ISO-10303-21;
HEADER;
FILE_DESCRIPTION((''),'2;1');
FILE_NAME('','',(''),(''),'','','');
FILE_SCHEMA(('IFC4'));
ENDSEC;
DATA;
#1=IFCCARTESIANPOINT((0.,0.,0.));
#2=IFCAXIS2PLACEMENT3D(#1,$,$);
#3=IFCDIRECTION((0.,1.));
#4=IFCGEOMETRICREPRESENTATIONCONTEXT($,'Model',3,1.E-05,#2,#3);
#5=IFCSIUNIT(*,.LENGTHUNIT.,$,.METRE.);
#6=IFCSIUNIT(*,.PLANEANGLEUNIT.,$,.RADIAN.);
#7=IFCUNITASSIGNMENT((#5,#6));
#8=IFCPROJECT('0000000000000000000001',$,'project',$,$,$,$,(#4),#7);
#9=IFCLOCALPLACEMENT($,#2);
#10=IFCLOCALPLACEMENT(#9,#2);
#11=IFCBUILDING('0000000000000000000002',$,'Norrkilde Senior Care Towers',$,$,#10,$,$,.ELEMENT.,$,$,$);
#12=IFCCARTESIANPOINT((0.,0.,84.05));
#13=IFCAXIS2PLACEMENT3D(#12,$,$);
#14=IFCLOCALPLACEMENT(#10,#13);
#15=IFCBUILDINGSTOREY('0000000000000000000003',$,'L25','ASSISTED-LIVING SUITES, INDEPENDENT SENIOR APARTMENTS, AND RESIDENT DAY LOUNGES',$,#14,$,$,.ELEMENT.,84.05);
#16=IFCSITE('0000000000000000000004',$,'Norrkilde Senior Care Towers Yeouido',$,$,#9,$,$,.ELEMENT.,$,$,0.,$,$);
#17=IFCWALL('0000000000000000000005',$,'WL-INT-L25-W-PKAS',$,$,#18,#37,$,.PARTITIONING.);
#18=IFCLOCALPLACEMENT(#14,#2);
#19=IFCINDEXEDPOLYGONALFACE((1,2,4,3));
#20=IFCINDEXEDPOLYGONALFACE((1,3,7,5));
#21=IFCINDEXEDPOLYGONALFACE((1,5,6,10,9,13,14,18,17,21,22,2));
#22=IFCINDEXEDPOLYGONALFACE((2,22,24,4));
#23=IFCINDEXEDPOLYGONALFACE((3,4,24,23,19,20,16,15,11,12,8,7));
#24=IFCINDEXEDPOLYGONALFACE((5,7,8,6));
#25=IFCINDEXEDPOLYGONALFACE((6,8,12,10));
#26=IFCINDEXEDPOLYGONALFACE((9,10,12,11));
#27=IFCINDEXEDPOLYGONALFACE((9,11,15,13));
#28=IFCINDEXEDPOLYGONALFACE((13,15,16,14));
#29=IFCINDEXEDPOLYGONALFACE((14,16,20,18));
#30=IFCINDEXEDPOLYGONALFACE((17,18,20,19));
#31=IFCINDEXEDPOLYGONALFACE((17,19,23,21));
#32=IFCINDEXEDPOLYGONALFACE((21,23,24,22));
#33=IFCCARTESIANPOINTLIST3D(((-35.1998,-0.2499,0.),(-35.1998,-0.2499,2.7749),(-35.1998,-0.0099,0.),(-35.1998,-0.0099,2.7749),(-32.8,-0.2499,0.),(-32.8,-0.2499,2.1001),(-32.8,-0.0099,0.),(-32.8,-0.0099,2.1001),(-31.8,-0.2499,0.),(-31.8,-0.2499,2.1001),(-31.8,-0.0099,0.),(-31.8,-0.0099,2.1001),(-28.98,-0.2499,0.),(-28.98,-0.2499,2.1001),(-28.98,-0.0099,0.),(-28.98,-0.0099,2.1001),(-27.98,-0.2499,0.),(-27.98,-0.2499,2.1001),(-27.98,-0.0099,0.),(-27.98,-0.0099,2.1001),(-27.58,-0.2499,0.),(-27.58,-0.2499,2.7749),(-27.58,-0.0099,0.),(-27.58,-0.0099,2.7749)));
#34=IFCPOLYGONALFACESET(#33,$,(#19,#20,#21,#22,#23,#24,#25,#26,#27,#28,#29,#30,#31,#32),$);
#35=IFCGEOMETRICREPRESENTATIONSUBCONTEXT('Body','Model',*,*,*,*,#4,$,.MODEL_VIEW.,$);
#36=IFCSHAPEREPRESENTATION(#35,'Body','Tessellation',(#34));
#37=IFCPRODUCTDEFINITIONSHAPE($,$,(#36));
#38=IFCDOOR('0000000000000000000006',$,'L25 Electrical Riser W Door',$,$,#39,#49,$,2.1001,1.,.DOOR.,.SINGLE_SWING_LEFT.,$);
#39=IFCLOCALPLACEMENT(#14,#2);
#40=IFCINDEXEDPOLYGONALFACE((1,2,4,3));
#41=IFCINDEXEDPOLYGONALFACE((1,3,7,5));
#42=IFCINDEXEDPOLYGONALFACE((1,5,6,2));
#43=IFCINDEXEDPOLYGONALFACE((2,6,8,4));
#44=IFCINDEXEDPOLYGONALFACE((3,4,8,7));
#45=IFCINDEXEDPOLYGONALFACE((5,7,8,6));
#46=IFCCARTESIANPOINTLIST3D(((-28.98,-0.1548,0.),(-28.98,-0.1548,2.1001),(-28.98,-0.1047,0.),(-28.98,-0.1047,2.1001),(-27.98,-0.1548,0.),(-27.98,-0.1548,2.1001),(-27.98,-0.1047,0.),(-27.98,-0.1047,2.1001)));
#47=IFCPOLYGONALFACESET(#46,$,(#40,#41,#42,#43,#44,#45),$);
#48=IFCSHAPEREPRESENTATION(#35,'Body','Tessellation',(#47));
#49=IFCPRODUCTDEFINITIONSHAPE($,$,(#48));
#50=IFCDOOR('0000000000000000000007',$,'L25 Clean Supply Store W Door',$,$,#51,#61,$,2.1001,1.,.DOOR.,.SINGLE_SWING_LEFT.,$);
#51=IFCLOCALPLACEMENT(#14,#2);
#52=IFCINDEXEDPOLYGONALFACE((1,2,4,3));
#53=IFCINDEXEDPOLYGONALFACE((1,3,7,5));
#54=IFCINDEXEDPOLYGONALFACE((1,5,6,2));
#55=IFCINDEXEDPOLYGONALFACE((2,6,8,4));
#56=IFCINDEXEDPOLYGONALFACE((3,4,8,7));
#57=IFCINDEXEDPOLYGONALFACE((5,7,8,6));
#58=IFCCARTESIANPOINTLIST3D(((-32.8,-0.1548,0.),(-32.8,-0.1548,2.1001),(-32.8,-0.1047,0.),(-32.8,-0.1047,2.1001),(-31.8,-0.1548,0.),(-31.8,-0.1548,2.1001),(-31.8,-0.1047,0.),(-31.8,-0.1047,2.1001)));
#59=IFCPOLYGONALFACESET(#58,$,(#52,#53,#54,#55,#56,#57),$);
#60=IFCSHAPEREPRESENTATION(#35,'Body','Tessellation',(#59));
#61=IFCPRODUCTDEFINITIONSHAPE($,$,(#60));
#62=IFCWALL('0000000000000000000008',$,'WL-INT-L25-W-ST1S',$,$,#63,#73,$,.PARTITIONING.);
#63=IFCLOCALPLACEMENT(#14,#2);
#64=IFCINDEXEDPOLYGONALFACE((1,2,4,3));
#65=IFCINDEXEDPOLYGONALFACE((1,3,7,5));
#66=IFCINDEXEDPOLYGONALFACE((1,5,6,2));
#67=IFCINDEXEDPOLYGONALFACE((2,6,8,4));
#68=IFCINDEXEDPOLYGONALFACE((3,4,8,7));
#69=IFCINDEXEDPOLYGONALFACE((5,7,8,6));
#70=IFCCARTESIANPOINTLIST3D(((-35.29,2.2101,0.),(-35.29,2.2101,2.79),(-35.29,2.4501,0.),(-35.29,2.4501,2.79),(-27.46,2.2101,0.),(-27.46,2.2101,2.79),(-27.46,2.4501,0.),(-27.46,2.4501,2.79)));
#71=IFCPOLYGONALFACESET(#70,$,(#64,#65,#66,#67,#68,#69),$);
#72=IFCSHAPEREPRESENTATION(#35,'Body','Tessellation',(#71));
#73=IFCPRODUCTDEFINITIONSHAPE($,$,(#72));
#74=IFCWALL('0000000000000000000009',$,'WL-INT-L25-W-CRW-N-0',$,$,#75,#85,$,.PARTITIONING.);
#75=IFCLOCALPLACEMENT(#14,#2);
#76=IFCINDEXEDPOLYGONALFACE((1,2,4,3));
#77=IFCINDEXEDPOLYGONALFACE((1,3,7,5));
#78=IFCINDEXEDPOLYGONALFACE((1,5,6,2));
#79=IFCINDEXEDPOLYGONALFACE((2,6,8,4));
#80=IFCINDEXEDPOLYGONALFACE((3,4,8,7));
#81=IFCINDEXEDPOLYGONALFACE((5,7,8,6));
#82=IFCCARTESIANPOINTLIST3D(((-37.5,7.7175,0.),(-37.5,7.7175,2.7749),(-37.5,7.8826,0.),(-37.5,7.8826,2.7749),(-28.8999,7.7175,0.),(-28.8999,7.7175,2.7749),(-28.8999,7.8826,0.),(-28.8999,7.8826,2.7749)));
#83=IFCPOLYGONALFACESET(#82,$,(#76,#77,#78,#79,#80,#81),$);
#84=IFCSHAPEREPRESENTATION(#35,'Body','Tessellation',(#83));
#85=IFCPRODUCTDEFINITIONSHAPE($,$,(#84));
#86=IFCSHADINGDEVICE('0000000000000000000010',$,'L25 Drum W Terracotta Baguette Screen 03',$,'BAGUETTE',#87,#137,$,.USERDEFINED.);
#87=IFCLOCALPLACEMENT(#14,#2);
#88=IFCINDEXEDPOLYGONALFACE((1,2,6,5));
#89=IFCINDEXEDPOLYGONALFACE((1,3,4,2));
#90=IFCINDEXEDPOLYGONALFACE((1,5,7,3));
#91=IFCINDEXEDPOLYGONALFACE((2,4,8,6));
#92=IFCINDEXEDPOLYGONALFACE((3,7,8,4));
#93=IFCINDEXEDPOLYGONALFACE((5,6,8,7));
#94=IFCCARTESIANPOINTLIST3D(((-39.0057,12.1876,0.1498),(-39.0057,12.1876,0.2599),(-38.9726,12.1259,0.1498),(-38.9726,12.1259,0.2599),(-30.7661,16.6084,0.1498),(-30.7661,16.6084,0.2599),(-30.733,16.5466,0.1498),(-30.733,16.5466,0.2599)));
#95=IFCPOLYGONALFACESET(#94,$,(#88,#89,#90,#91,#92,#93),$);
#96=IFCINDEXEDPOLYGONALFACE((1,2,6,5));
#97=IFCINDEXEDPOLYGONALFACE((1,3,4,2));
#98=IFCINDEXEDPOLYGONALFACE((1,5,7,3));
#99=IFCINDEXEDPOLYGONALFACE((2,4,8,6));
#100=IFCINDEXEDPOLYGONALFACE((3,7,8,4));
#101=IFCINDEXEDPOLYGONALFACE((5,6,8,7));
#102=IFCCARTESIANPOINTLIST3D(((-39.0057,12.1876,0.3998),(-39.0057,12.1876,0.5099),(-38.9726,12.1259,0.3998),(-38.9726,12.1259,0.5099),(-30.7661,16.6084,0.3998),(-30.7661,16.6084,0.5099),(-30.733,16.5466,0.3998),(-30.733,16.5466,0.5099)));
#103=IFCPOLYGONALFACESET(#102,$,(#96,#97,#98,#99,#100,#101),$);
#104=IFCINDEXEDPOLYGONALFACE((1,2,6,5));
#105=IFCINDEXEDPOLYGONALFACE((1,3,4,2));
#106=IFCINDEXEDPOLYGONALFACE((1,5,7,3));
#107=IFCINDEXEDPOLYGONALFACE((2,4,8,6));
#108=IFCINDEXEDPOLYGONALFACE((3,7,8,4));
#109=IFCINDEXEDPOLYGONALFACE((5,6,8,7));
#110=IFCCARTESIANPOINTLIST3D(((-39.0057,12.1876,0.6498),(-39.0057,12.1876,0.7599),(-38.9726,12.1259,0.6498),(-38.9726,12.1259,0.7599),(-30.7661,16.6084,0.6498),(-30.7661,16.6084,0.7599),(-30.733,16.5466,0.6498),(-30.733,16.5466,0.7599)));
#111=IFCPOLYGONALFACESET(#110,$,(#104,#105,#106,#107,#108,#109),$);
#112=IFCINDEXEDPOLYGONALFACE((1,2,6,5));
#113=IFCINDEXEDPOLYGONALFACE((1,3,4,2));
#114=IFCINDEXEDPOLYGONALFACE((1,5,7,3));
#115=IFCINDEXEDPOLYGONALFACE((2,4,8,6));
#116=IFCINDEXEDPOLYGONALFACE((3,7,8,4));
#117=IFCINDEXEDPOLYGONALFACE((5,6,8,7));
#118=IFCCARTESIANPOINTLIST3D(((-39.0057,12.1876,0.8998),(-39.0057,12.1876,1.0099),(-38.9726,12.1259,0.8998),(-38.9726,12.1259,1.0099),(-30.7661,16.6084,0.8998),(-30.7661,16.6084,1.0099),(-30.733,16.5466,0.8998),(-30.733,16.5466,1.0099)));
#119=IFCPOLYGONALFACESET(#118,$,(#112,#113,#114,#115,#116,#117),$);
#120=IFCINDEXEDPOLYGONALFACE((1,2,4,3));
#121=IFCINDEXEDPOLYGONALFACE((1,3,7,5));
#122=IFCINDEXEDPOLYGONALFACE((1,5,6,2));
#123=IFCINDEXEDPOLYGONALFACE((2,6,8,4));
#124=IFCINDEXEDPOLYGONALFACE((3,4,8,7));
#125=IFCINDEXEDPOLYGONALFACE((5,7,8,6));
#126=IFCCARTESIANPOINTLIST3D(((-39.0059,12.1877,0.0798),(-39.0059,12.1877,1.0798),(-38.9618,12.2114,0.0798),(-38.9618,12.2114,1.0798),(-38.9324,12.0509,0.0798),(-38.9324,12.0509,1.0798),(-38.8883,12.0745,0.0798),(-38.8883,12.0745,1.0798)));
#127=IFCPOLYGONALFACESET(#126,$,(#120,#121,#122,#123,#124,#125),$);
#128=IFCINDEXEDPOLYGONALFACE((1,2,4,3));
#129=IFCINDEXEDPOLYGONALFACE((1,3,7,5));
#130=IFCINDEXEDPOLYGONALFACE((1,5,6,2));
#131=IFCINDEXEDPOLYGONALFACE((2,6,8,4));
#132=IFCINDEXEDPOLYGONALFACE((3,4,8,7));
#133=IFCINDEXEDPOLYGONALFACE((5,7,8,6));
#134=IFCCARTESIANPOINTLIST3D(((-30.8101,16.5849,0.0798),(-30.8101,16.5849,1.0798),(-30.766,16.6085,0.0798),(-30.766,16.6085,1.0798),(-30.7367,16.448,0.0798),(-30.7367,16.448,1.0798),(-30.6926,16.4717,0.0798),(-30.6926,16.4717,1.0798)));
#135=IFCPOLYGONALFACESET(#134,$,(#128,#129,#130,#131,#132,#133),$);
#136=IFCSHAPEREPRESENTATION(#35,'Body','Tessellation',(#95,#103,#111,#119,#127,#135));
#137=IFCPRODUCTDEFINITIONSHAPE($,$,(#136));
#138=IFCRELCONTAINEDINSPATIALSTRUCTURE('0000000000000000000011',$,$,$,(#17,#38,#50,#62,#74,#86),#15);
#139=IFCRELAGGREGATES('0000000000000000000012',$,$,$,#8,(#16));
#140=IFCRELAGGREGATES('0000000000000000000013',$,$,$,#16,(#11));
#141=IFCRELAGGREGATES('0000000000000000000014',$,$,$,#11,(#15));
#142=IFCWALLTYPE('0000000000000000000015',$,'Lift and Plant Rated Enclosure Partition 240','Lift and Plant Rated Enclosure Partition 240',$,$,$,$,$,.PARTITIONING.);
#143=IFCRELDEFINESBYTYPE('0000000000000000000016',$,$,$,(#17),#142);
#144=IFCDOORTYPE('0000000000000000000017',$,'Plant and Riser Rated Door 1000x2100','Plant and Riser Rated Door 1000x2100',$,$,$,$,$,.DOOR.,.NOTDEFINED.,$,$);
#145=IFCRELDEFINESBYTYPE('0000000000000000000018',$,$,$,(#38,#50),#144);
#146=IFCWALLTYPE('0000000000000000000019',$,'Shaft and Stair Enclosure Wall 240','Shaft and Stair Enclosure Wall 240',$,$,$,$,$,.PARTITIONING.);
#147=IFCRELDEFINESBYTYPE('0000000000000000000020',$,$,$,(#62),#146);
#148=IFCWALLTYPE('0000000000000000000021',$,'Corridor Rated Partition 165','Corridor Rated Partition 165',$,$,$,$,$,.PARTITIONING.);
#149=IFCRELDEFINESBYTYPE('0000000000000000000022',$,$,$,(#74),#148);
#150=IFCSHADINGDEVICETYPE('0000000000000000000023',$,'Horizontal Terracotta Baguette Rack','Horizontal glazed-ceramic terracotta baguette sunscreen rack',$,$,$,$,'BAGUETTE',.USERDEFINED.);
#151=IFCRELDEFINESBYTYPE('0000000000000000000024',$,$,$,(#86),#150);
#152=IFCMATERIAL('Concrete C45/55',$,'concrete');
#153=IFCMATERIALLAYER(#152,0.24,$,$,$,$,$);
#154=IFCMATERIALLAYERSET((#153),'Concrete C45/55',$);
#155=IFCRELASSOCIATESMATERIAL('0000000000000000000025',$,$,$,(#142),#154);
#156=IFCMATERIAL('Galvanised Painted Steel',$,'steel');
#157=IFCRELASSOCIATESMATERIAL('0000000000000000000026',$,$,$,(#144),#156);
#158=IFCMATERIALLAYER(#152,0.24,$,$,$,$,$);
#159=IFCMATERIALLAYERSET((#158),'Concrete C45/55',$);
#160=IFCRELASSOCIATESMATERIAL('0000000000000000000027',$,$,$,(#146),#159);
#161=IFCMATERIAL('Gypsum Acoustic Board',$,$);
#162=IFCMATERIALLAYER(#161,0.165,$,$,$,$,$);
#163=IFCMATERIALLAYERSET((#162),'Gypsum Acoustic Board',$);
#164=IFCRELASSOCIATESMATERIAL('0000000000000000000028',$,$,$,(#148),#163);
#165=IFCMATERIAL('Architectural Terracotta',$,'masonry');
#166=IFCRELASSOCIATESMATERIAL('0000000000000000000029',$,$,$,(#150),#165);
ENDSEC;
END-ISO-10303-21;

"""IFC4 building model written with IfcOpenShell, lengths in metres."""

from ifc_helpers import new_model, si_unit, direction, frame, frame_2d, origin, origin_2d, place, context, subcontext, project, spatial, rectangle, extrude, source, transform, mapped, material, layer, layer_set, type_object, type_shapes, element, fill, save


model = new_model("IFC4")

# Units and contexts
model_context = context("Model", 3, precision=1e-05, world=origin(), true_north=direction((0.0, 1.0)))
body_context = subcontext(model_context, "Body", "Model", "MODEL_VIEW")
ifc_project = project(units=[si_unit("LENGTHUNIT", "METRE"), si_unit("PLANEANGLEUNIT", "RADIAN")], contexts=[model_context])

# Site, building, storey
site_placement = place(None, origin())
site = spatial("IfcSite", under=ifc_project, at=site_placement, Name="Norrkilde Senior Care Towers Yeouido", CompositionType="ELEMENT", RefElevation=0.0)
building_placement = place(site_placement, origin())
building = spatial("IfcBuilding", under=site, at=building_placement, Name="Norrkilde Senior Care Towers", CompositionType="ELEMENT")
storey_placement = place(building_placement, frame((0.0, 0.0, 84.05)))
storey = spatial("IfcBuildingStorey", under=building, at=storey_placement, Name="L25", Description="ASSISTED-LIVING SUITES, INDEPENDENT SENIOR APARTMENTS, AND RESIDENT DAY LOUNGES", CompositionType="ELEMENT", Elevation=84.05)

# Wall, openings, doors
ifc_material_1 = material(Name="Concrete C45/55", Category="concrete")
ifc_layer_1 = layer(ifc_material_1, 0.24)
ifc_layer_set_1 = layer_set([ifc_layer_1], Name="Concrete C45/55")
wall_type_1 = type_object("IfcWallType", Name="Lift and Plant Rated Enclosure Partition 240", Description="Lift and Plant Rated Enclosure Partition 240", PredefinedType="PARTITIONING", material=ifc_layer_set_1)
shared_shape_1 = source(origin(), body_context, "Body", "SweptSolid", [
    extrude(rectangle(XDim=7.6199, YDim=0.24, at=frame_2d((3.8101, 0.0))), origin(), (0.0, 0.0, 1.0), 2.7749),
])
type_shapes(wall_type_1, [shared_shape_1])
wall_1_placement = place(storey_placement, frame((-35.2, -0.1299, 0.0), z_axis=(0.0, 0.0, 1.0), x_axis=(1.0, 0.0, 0.0)))
wall_1 = element("IfcWall", 1, at=wall_1_placement, inside=storey, type_object=wall_type_1, Name="WL-INT-L25-W-PKAS", PredefinedType="PARTITIONING", context=body_context, shape_type="MappedRepresentation", body=[
    mapped(shared_shape_1, transform((0.0, 0.0, 0.0), x_axis=(1.0, 0.0, 0.0), y_axis=(0.0, 1.0, 0.0), z_axis=(0.0, 0.0, 1.0), scale=1.0)),
])
opening_1_placement = place(wall_1_placement, frame((6.22, 0.0, 0.0)))
opening_1 = element("IfcOpeningElement", 2, at=opening_1_placement, cuts=wall_1, PredefinedType="OPENING", context=body_context, shape_type="SweptSolid", body=[
    extrude(rectangle(XDim=1.0, YDim=2.1001, at=frame_2d((0.5, 1.05))), frame((0.0, 0.1299, 0.0), z_axis=(0.0, -1.0, 0.0), x_axis=(1.0, 0.0, 0.0)), (0.0, 0.0, 1.0), 0.26),
])
opening_2_placement = place(wall_1_placement, frame((2.3999, 0.0, 0.0)))
opening_2 = element("IfcOpeningElement", 3, at=opening_2_placement, cuts=wall_1, PredefinedType="OPENING", context=body_context, shape_type="SweptSolid", body=[
    extrude(rectangle(XDim=1.0, YDim=2.1001, at=frame_2d((0.5, 1.05))), frame((0.0, 0.1299, 0.0), z_axis=(0.0, -1.0, 0.0), x_axis=(1.0, 0.0, 0.0)), (0.0, 0.0, 1.0), 0.26),
])
ifc_material_2 = material(Name="Galvanised Painted Steel", Category="steel")
door_type_1 = type_object("IfcDoorType", Name="Plant and Riser Rated Door 1000x2100", Description="Plant and Riser Rated Door 1000x2100", OperationType="NOTDEFINED", PredefinedType="DOOR", material=ifc_material_2)
shared_shape_2 = source(origin(), body_context, "Body", "SweptSolid", [
    extrude(rectangle(XDim=1.0, YDim=2.1001, at=frame_2d((0.5, 1.05))), frame((0.0, 0.0249, 0.0), z_axis=(0.0, -1.0, 0.0), x_axis=(1.0, 0.0, 0.0)), (0.0, 0.0, 1.0), 0.05),
])
type_shapes(door_type_1, [shared_shape_2])
door_1_placement = place(opening_1_placement, frame((1.0, 0.0, 0.0), z_axis=(0.0, 0.0, 1.0), x_axis=(-1.0, 0.0, 0.0)))
door_1 = element("IfcDoor", 4, at=door_1_placement, inside=storey, type_object=door_type_1, Name="L25 Electrical Riser W Door", OperationType="SINGLE_SWING_LEFT", OverallHeight=2.1001, OverallWidth=1.0, PredefinedType="DOOR", context=body_context, shape_type="MappedRepresentation", body=[
    mapped(shared_shape_2, transform((0.0, 0.0, 0.0), x_axis=(1.0, 0.0, 0.0), y_axis=(0.0, 1.0, 0.0), z_axis=(0.0, 0.0, 1.0), scale=1.0)),
])
fill(opening_1, door_1)
door_2_placement = place(opening_2_placement, frame((1.0, 0.0, 0.0), z_axis=(0.0, 0.0, 1.0), x_axis=(-1.0, 0.0, 0.0)))
door_2 = element("IfcDoor", 5, at=door_2_placement, inside=storey, type_object=door_type_1, Name="L25 Clean Supply Store W Door", OperationType="SINGLE_SWING_LEFT", OverallHeight=2.1001, OverallWidth=1.0, PredefinedType="DOOR", context=body_context, shape_type="MappedRepresentation", body=[
    mapped(shared_shape_2, transform((0.0, 0.0, 0.0), x_axis=(1.0, 0.0, 0.0), y_axis=(0.0, 1.0, 0.0), z_axis=(0.0, 0.0, 1.0), scale=1.0)),
])
fill(opening_2, door_2)

# Wall
ifc_layer_2 = layer(ifc_material_1, 0.24)
ifc_layer_set_2 = layer_set([ifc_layer_2], Name="Concrete C45/55")
wall_type_2 = type_object("IfcWallType", Name="Shaft and Stair Enclosure Wall 240", Description="Shaft and Stair Enclosure Wall 240", PredefinedType="PARTITIONING", material=ifc_layer_set_2)
shared_shape_3 = source(origin(), body_context, "Body", "SweptSolid", [
    extrude(rectangle(XDim=7.8301, YDim=0.24, at=frame_2d((3.915, 0.0))), origin(), (0.0, 0.0, 1.0), 2.79),
])
type_shapes(wall_type_2, [shared_shape_3])
wall_2_placement = place(storey_placement, frame((-35.29, 2.3301, 0.0), z_axis=(0.0, 0.0, 1.0), x_axis=(1.0, 0.0, 0.0)))
element("IfcWall", 6, at=wall_2_placement, inside=storey, type_object=wall_type_2, Name="WL-INT-L25-W-ST1S", PredefinedType="PARTITIONING", context=body_context, shape_type="MappedRepresentation", body=[
    mapped(shared_shape_3, transform((0.0, 0.0, 0.0), x_axis=(1.0, 0.0, 0.0), y_axis=(0.0, 1.0, 0.0), z_axis=(0.0, 0.0, 1.0), scale=1.0)),
])

# Wall
ifc_material_3 = material(Name="Gypsum Acoustic Board")
ifc_layer_3 = layer(ifc_material_3, 0.165)
ifc_layer_set_3 = layer_set([ifc_layer_3], Name="Gypsum Acoustic Board")
wall_type_3 = type_object("IfcWallType", Name="Corridor Rated Partition 165", Description="Corridor Rated Partition 165", PredefinedType="PARTITIONING", material=ifc_layer_set_3)
shared_shape_4 = source(origin(), body_context, "Body", "SweptSolid", [
    extrude(rectangle(XDim=8.6001, YDim=0.165, at=frame_2d((4.3, 0.0))), origin(), (0.0, 0.0, 1.0), 2.7749),
])
type_shapes(wall_type_3, [shared_shape_4])
wall_3_placement = place(storey_placement, frame((-37.5, 7.8, 0.0), z_axis=(0.0, 0.0, 1.0), x_axis=(1.0, 0.0, 0.0)))
element("IfcWall", 7, at=wall_3_placement, inside=storey, type_object=wall_type_3, Name="WL-INT-L25-W-CRW-N-0", PredefinedType="PARTITIONING", context=body_context, shape_type="MappedRepresentation", body=[
    mapped(shared_shape_4, transform((0.0, 0.0, 0.0), x_axis=(1.0, 0.0, 0.0), y_axis=(0.0, 1.0, 0.0), z_axis=(0.0, 0.0, 1.0), scale=1.0)),
])

# Shading device
ifc_material_4 = material(Name="Architectural Terracotta", Category="masonry")
shading_device_type = type_object("IfcShadingDeviceType", Name="Horizontal Terracotta Baguette Rack", Description="Horizontal glazed-ceramic terracotta baguette sunscreen rack", ElementType="BAGUETTE", PredefinedType="USERDEFINED", material=ifc_material_4)
shared_shape_5 = source(origin(), body_context, "Body", "SweptSolid", [
    extrude(rectangle(XDim=0.0701, YDim=0.1101, at=origin_2d()), frame((0.0, 0.0901, 0.125), z_axis=(1.0, 0.0, 0.0), x_axis=(0.0, 1.0, 0.0)), (0.0, 0.0, 1.0), 9.3506),
    extrude(rectangle(XDim=0.0701, YDim=0.1101, at=origin_2d()), frame((0.0, 0.0901, 0.375), z_axis=(1.0, 0.0, 0.0), x_axis=(0.0, 1.0, 0.0)), (0.0, 0.0, 1.0), 9.3506),
    extrude(rectangle(XDim=0.0701, YDim=0.1101, at=origin_2d()), frame((0.0, 0.0901, 0.625), z_axis=(1.0, 0.0, 0.0), x_axis=(0.0, 1.0, 0.0)), (0.0, 0.0, 1.0), 9.3506),
    extrude(rectangle(XDim=0.0701, YDim=0.1101, at=origin_2d()), frame((0.0, 0.0901, 0.875), z_axis=(1.0, 0.0, 0.0), x_axis=(0.0, 1.0, 0.0)), (0.0, 0.0, 1.0), 9.3506),
    extrude(rectangle(XDim=0.05, YDim=0.1553, at=origin_2d()), frame((0.0249, 0.0476, 0.0)), (0.0, 0.0, 1.0), 1.0),
    extrude(rectangle(XDim=0.05, YDim=0.1553, at=origin_2d()), frame((9.3257, 0.0476, 0.0)), (0.0, 0.0, 1.0), 1.0),
])
type_shapes(shading_device_type, [shared_shape_5])
shading_device_placement = place(storey_placement, frame((-38.9465, 12.0774, 0.0798), z_axis=(0.0, 0.0, 1.0), x_axis=(0.881175, 0.472768, 0.0)))
element("IfcShadingDevice", 8, at=shading_device_placement, inside=storey, type_object=shading_device_type, Name="L25 Drum W Terracotta Baguette Screen 03", ObjectType="BAGUETTE", PredefinedType="USERDEFINED", context=body_context, shape_type="MappedRepresentation", body=[
    mapped(shared_shape_5, transform((0.0, 0.0, 0.0), x_axis=(1.0, 0.0, 0.0), y_axis=(0.0, 1.0, 0.0), z_axis=(0.0, 0.0, 1.0), scale=1.0)),
])

save(model, "model.ifc")
